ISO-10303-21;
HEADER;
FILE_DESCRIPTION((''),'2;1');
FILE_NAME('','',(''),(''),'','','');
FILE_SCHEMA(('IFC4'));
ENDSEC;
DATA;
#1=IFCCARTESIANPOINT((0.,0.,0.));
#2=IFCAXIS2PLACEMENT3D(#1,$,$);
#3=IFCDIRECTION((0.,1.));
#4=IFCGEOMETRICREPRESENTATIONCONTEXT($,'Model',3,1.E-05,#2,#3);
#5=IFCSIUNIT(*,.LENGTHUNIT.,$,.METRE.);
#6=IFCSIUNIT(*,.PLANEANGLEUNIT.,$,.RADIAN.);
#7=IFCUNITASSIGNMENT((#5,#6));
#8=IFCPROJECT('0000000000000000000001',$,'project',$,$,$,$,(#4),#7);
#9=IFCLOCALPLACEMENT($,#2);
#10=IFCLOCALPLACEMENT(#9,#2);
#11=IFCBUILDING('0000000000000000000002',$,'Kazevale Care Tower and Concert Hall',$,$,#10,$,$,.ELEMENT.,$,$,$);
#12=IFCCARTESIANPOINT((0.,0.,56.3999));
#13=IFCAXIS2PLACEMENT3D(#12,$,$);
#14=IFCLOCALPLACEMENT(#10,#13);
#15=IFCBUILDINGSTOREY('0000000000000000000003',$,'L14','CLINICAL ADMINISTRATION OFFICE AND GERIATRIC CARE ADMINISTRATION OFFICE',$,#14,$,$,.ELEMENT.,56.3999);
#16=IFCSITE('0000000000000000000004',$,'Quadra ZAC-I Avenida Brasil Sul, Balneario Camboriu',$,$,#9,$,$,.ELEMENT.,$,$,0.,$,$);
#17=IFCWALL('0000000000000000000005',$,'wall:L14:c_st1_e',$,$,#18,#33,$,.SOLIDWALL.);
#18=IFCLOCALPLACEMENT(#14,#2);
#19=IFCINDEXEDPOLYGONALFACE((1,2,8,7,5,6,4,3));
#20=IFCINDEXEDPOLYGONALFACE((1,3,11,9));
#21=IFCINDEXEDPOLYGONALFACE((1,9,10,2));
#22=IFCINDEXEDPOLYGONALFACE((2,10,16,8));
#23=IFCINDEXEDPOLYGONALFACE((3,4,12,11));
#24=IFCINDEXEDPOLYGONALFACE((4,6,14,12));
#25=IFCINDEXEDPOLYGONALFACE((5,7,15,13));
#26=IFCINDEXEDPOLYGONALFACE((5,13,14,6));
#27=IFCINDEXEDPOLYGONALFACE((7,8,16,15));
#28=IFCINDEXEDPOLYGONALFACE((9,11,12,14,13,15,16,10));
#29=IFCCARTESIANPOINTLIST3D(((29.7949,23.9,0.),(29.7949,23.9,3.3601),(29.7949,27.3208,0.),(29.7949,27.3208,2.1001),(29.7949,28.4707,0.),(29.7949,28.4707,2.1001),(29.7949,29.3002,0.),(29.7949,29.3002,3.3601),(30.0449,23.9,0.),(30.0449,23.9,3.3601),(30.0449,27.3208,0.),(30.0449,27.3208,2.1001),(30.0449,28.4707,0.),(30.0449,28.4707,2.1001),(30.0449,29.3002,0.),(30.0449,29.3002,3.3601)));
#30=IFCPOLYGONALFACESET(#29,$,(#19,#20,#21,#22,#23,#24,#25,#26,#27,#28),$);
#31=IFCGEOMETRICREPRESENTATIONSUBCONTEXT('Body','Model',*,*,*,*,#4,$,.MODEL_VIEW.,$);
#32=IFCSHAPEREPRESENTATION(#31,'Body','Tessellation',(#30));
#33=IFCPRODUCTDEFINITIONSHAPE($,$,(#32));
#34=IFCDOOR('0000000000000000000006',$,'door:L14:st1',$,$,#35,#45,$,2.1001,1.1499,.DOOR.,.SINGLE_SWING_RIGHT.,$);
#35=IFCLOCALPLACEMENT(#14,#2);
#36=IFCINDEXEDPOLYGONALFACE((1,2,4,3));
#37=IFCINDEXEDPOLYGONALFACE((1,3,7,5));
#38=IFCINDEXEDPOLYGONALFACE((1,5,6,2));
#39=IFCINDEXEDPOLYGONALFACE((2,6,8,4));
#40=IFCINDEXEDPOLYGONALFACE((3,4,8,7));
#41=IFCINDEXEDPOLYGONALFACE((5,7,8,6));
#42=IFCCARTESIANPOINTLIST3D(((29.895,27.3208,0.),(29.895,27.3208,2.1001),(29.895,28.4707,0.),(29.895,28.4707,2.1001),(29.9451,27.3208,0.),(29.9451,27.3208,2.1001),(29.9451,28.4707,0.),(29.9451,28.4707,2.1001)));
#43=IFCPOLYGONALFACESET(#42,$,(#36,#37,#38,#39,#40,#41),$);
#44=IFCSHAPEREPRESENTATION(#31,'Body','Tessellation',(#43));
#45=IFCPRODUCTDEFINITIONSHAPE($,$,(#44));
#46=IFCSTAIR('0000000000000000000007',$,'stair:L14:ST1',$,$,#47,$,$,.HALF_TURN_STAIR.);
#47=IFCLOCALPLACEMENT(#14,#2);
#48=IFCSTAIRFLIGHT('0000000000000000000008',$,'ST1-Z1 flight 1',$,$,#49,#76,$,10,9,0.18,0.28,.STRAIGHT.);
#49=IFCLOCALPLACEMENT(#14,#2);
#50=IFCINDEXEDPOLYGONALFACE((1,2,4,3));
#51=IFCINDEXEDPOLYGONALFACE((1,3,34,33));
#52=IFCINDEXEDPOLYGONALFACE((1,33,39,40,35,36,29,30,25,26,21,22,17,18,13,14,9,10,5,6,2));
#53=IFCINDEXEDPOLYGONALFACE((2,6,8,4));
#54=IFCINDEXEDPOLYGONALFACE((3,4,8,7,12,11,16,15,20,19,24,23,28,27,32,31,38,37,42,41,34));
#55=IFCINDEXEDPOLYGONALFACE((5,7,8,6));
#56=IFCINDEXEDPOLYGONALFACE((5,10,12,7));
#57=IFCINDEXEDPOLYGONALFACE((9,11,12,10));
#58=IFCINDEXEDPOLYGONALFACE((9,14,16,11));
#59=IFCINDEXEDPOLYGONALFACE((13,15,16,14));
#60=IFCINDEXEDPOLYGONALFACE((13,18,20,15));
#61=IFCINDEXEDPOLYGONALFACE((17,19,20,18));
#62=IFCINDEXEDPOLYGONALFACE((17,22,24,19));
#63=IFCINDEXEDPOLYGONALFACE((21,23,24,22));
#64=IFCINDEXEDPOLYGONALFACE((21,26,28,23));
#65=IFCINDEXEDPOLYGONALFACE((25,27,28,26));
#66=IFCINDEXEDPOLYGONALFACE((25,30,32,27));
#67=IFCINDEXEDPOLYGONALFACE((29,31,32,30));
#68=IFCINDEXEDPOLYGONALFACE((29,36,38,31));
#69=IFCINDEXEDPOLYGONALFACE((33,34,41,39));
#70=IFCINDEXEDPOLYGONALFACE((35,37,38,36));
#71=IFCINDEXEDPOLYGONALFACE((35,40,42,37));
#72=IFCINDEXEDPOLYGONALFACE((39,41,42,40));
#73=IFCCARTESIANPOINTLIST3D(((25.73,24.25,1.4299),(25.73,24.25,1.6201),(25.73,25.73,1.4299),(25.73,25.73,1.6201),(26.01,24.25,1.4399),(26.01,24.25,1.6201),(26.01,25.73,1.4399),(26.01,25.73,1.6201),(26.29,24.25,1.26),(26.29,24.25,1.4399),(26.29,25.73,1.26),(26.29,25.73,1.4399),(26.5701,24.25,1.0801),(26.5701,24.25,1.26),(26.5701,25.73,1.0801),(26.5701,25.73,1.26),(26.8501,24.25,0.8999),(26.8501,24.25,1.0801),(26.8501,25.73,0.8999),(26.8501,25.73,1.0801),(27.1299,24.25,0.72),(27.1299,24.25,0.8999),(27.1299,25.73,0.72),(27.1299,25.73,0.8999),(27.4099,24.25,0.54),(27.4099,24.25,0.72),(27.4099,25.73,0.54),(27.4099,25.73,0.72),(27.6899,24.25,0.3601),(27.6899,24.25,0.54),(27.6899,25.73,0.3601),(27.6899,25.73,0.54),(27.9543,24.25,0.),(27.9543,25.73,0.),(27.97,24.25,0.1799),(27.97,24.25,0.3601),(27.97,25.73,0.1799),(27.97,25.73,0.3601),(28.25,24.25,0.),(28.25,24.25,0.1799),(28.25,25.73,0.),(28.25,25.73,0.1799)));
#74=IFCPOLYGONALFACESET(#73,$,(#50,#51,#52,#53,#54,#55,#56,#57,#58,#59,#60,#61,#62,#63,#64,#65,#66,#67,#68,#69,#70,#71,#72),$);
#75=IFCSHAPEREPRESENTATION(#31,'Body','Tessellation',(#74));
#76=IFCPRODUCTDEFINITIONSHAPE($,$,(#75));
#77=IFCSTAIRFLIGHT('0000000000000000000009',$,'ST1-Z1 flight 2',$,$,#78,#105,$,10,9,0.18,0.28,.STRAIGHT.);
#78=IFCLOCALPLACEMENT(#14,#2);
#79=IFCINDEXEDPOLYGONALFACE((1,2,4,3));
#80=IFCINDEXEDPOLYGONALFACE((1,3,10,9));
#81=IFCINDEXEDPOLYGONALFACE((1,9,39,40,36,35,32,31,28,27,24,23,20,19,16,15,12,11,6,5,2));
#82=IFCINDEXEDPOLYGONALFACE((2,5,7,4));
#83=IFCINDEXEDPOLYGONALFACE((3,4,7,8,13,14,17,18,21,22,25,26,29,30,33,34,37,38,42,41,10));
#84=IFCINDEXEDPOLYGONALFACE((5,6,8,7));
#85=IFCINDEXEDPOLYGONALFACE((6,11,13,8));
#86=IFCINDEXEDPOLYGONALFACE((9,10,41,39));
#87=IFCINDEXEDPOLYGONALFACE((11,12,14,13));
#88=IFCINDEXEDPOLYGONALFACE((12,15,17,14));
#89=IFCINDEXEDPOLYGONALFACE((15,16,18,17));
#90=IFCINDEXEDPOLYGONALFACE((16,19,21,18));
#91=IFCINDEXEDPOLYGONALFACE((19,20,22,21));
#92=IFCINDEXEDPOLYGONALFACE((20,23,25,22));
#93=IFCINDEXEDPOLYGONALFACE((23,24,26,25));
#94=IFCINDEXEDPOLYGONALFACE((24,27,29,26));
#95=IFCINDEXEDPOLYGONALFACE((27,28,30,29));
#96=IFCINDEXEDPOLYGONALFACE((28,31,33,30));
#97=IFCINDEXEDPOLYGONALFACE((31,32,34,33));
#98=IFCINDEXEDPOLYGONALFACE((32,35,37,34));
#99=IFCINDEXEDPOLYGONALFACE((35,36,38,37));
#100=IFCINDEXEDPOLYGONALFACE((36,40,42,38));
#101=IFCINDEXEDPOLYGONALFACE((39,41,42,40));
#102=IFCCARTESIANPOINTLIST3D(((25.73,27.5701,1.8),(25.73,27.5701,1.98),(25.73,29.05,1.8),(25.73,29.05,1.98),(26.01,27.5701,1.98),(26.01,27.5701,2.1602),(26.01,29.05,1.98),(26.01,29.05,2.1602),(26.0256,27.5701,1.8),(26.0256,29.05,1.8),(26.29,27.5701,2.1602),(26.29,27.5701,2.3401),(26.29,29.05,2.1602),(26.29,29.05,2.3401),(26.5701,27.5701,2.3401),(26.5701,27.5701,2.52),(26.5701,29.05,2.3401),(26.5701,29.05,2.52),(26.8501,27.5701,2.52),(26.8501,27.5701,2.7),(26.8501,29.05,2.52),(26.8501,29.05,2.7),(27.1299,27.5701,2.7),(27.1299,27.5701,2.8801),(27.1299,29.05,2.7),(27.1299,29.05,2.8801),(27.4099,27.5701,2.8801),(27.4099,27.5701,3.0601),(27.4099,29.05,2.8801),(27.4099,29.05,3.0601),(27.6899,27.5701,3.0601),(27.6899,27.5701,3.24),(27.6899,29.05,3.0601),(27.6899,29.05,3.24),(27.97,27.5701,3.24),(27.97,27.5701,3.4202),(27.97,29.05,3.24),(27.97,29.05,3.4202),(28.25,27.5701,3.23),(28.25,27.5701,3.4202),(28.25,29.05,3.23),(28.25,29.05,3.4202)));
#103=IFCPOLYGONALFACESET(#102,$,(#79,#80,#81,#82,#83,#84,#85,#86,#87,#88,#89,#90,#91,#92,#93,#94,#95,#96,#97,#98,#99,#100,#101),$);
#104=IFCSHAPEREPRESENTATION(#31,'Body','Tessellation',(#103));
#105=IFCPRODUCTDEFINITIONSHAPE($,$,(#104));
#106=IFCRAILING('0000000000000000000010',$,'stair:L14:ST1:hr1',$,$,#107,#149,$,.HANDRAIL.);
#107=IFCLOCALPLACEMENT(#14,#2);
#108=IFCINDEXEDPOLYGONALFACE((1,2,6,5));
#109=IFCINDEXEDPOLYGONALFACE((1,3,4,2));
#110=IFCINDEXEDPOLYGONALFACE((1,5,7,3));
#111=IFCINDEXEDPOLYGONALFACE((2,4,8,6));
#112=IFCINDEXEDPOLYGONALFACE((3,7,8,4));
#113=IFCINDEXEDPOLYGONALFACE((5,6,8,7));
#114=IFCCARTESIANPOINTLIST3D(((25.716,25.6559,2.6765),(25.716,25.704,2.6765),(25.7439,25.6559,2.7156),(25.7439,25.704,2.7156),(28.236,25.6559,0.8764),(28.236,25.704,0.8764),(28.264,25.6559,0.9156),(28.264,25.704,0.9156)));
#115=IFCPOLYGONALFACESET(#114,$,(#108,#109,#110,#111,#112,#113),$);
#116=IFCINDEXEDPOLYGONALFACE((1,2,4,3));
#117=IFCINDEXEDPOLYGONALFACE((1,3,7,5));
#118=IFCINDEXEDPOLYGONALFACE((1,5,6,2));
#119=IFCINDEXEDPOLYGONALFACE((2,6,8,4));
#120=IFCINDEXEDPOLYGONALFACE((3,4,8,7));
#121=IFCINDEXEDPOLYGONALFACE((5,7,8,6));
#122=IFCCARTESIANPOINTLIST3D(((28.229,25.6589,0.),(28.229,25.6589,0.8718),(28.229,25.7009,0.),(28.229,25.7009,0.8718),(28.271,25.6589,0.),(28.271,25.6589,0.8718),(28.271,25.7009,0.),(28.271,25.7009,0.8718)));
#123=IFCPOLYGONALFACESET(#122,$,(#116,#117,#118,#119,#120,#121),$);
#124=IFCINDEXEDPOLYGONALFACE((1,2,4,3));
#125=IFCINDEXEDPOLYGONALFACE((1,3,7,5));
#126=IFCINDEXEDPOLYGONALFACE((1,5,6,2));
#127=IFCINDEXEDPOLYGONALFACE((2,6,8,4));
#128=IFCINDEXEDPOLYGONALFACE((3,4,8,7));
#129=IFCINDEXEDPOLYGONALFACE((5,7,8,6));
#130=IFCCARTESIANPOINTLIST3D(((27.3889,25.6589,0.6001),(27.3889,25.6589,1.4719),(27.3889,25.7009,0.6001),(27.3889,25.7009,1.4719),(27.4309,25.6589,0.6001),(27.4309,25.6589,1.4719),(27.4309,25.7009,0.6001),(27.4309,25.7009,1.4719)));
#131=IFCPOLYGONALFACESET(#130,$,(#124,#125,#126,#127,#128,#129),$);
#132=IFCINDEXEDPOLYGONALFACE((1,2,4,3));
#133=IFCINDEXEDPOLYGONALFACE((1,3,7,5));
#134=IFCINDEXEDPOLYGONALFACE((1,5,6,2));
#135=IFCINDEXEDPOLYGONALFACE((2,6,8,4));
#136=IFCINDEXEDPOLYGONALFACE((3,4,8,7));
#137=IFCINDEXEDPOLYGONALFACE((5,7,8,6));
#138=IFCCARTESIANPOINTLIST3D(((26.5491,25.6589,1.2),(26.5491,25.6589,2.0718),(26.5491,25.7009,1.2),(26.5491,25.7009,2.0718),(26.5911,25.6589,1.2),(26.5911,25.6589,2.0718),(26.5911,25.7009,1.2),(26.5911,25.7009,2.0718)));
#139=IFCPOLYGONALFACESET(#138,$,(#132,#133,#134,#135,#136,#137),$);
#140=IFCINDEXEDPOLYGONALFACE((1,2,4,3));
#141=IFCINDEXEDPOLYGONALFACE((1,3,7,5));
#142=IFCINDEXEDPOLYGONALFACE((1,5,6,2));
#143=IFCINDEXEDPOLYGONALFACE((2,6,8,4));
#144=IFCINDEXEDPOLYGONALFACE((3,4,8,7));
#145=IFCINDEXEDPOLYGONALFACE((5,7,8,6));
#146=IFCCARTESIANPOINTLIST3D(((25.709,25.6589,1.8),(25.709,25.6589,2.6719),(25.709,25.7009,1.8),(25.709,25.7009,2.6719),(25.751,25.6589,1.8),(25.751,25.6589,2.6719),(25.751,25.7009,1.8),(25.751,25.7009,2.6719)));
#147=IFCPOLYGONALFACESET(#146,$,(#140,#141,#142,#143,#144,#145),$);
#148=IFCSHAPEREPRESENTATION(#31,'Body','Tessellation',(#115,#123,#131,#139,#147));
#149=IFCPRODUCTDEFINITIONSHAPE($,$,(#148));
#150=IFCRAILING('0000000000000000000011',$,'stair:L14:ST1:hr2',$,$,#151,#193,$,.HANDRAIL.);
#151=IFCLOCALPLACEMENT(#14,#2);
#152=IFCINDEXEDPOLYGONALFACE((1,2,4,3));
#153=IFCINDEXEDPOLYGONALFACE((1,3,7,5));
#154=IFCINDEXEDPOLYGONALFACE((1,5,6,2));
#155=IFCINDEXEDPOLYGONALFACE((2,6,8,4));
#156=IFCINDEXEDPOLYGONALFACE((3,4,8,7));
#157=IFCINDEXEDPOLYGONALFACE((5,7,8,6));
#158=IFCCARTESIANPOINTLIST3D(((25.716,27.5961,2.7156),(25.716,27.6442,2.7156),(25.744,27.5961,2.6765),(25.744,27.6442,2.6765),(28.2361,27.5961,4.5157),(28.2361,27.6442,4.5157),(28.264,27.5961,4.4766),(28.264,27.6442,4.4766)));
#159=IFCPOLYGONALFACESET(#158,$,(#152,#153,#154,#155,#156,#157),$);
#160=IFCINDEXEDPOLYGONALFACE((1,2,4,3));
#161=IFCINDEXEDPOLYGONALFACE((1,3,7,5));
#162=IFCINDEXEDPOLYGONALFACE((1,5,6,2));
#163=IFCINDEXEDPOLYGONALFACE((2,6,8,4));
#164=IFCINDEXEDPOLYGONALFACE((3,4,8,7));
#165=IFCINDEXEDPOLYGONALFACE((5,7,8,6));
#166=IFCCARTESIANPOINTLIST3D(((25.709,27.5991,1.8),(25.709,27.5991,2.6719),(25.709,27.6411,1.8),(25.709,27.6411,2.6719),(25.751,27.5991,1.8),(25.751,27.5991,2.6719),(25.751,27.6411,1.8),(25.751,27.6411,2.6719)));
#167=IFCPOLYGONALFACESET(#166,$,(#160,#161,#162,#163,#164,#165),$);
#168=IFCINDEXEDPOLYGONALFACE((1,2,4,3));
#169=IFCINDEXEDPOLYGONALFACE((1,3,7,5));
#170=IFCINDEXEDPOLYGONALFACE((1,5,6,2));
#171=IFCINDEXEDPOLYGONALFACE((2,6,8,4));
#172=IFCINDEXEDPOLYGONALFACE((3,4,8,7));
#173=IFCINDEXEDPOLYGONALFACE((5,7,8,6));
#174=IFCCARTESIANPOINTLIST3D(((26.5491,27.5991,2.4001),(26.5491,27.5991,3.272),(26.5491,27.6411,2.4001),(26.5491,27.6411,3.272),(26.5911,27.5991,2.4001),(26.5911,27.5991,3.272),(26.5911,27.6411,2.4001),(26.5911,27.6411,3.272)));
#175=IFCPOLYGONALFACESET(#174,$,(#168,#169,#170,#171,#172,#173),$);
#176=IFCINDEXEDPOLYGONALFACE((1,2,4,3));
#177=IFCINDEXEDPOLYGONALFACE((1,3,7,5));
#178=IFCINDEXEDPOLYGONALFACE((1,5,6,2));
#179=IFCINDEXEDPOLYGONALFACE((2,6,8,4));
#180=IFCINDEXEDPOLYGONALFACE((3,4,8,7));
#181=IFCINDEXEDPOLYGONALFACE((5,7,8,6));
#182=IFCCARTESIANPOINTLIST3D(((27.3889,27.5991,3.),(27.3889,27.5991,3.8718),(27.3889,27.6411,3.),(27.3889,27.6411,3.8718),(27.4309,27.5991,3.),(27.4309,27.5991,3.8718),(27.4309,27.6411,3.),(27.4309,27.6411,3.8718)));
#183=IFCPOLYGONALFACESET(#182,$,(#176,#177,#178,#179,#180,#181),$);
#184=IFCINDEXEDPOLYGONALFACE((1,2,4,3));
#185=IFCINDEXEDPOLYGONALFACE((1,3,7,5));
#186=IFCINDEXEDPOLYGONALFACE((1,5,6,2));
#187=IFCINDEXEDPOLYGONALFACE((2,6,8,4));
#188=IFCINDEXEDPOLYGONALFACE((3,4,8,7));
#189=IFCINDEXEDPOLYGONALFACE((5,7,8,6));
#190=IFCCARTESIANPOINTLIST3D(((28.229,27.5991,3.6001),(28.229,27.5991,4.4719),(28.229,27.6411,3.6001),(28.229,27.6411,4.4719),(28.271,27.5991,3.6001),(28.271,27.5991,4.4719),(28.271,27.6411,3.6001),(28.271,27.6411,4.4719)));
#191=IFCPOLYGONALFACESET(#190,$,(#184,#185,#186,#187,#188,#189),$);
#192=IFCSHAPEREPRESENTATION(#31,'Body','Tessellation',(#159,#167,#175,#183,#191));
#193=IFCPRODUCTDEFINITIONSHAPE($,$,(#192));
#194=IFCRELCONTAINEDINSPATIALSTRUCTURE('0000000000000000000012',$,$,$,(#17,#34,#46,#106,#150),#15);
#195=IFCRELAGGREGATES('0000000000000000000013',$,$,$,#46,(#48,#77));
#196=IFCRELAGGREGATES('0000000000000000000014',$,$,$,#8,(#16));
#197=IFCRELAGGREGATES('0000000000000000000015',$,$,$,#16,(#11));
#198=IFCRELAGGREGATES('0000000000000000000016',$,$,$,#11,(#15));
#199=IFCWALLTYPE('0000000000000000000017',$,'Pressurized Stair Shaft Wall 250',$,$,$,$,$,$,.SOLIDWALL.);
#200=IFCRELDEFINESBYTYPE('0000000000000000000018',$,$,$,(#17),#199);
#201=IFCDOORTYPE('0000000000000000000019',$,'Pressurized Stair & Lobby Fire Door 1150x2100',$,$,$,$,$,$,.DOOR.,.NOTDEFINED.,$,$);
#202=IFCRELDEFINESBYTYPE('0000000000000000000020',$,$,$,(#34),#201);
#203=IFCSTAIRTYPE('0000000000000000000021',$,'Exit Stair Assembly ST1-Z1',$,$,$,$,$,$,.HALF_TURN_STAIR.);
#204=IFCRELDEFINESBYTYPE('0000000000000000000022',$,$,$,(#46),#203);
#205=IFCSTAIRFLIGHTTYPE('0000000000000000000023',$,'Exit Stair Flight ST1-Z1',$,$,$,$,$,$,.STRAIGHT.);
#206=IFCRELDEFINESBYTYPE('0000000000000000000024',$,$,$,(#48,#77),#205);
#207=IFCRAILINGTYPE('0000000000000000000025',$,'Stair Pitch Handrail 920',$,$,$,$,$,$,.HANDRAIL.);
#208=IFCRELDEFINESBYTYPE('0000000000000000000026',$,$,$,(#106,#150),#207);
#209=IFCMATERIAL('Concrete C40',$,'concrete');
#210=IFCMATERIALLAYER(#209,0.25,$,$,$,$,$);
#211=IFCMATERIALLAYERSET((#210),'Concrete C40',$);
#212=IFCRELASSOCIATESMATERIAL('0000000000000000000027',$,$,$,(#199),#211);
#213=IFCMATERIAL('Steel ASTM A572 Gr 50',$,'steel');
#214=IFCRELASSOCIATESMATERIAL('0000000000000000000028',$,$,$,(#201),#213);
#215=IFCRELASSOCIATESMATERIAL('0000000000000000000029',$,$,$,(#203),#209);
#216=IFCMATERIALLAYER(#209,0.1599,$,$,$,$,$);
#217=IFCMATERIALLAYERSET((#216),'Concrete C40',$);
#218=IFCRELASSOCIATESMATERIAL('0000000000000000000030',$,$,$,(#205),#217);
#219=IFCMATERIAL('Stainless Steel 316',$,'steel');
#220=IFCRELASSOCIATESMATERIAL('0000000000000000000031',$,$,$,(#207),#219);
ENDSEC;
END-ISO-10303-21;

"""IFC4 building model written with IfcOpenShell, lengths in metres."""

from ifc_helpers import new_model, si_unit, direction, frame, frame_2d, origin, origin_2d, place, context, subcontext, project, spatial, polyline, rectangle, outline, extrude, material, layer, layer_set, type_object, element, fill, aggregate, save


model = new_model("IFC4")

# Units and contexts
model_context = context("Model", 3, precision=1e-05, world=origin(), true_north=direction((0.0, 1.0)))
body_context = subcontext(model_context, "Body", "Model", "MODEL_VIEW")
ifc_project = project(units=[si_unit("LENGTHUNIT", "METRE"), si_unit("PLANEANGLEUNIT", "RADIAN")], contexts=[model_context])

# Site, building, storey
site_placement = place(None, origin())
site = spatial("IfcSite", under=ifc_project, at=site_placement, Name="Quadra ZAC-I Avenida Brasil Sul, Balneario Camboriu", CompositionType="ELEMENT", RefElevation=0.0)
building_placement = place(site_placement, origin())
building = spatial("IfcBuilding", under=site, at=building_placement, Name="Kazevale Care Tower and Concert Hall", CompositionType="ELEMENT")
storey_placement = place(building_placement, frame((0.0, 0.0, 56.3999)))
storey = spatial("IfcBuildingStorey", under=building, at=storey_placement, Name="L14", Description="CLINICAL ADMINISTRATION OFFICE AND GERIATRIC CARE ADMINISTRATION OFFICE", CompositionType="ELEMENT", Elevation=56.3999)

# Shared definitions
ifc_material_1 = material(Name="Steel ASTM A572 Gr 50", Category="steel")

# Shared definitions
ifc_material_2 = material(Name="Concrete C40", Category="concrete")
ifc_material_3 = material(Name="Stainless Steel 316", Category="steel")

# Wall, opening, door
ifc_layer_1 = layer(ifc_material_2, 0.25)
ifc_layer_set_1 = layer_set([ifc_layer_1], Name="Concrete C40")
wall_type_1 = type_object("IfcWallType", Name="Pressurized Stair Shaft Wall 250", PredefinedType="SOLIDWALL", material=ifc_layer_set_1)
wall_1_placement = place(storey_placement, frame((29.9199, 23.8999, 0.0), z_axis=(0.0, 0.0, 1.0), x_axis=(0.0, 1.0, 0.0)))
wall_1 = element("IfcWall", 1, at=wall_1_placement, inside=storey, type_object=wall_type_1, Name="wall:L14:c_st1_e", PredefinedType="SOLIDWALL", context=body_context, shape_type="SweptSolid", body=[
    extrude(rectangle(XDim=5.4001, YDim=0.25, at=frame_2d((2.7002, 0.0))), origin(), (0.0, 0.0, 1.0), 3.3601),
])
opening_1_placement = place(wall_1_placement, frame((3.4209, 0.0, 0.0)))
opening_1 = element("IfcOpeningElement", 2, at=opening_1_placement, cuts=wall_1, PredefinedType="OPENING", context=body_context, shape_type="SweptSolid", body=[
    extrude(rectangle(XDim=1.1499, YDim=2.1001, at=frame_2d((0.575, 1.05))), frame((0.0, 0.135, 0.0), z_axis=(0.0, -1.0, 0.0), x_axis=(1.0, 0.0, 0.0)), (0.0, 0.0, 1.0), 0.27),
])
door_type_1 = type_object("IfcDoorType", Name="Pressurized Stair & Lobby Fire Door 1150x2100", OperationType="NOTDEFINED", PredefinedType="DOOR", material=ifc_material_1)
door_1_placement = place(opening_1_placement, origin())
door_1 = element("IfcDoor", 3, at=door_1_placement, inside=storey, type_object=door_type_1, Name="door:L14:st1", OperationType="SINGLE_SWING_RIGHT", OverallHeight=2.1001, OverallWidth=1.1499, PredefinedType="DOOR", context=body_context, shape_type="SweptSolid", body=[
    extrude(rectangle(XDim=1.1499, YDim=2.1001, at=frame_2d((0.575, 1.05))), frame((0.0, 0.0249, 0.0), z_axis=(0.0, -1.0, 0.0), x_axis=(1.0, 0.0, 0.0)), (0.0, 0.0, 1.0), 0.05),
])
fill(opening_1, door_1)

# Stair, stair flights
stair_type = type_object("IfcStairType", Name="Exit Stair Assembly ST1-Z1", PredefinedType="HALF_TURN_STAIR", material=ifc_material_2)
stair_placement = place(storey_placement, origin())
stair = element("IfcStair", 4, at=stair_placement, inside=storey, type_object=stair_type, Name="stair:L14:ST1", PredefinedType="HALF_TURN_STAIR")
ifc_layer_2 = layer(ifc_material_2, 0.1599)
ifc_layer_set_2 = layer_set([ifc_layer_2], Name="Concrete C40")
stair_flight_type = type_object("IfcStairFlightType", Name="Exit Stair Flight ST1-Z1", PredefinedType="STRAIGHT", material=ifc_layer_set_2)
stair_flight_1_placement = place(storey_placement, frame((28.25, 24.99, 0.0), z_axis=(0.0, 0.0, 1.0), x_axis=(-1.0, 0.0, 0.0)))
stair_flight_1 = element("IfcStairFlight", 5, at=stair_flight_1_placement, type_object=stair_flight_type, Name="ST1-Z1 flight 1", NumberOfRisers=10, NumberOfTreads=9, PredefinedType="STRAIGHT", RiserHeight=0.18, TreadLength=0.28, context=body_context, shape_type="SweptSolid", body=[
    extrude(outline(polyline([(0.0, 0.0), (0.0, 0.1799), (0.28, 0.1799), (0.28, 0.3601), (0.5601, 0.3601), (0.5601, 0.54), (0.8401, 0.54), (0.8401, 0.72), (1.1201, 0.72), (1.1201, 0.8999), (1.3999, 0.8999), (1.3999, 1.0801), (1.6799, 1.0801), (1.6799, 1.26), (1.96, 1.26), (1.96, 1.4399), (2.24, 1.4399), (2.24, 1.6201), (2.52, 1.6201), (2.52, 1.8), (2.52, 1.4299), (0.2957, 0.0), (0.0, 0.0)])), frame((0.0, 0.74, 0.0), z_axis=(0.0, -1.0, 0.0), x_axis=(1.0, 0.0, 0.0)), (0.0, 0.0, 1.0), 1.48),
])
stair_flight_2_placement = place(storey_placement, frame((25.73, 28.3101, 1.8), z_axis=(0.0, 0.0, 1.0), x_axis=(1.0, 0.0, 0.0)))
stair_flight_2 = element("IfcStairFlight", 6, at=stair_flight_2_placement, type_object=stair_flight_type, Name="ST1-Z1 flight 2", NumberOfRisers=10, NumberOfTreads=9, PredefinedType="STRAIGHT", RiserHeight=0.18, TreadLength=0.28, context=body_context, shape_type="SweptSolid", body=[
    extrude(outline(polyline([(0.0, 0.0), (0.0, 0.1799), (0.28, 0.1799), (0.28, 0.3601), (0.5601, 0.3601), (0.5601, 0.54), (0.8401, 0.54), (0.8401, 0.72), (1.1201, 0.72), (1.1201, 0.8999), (1.3999, 0.8999), (1.3999, 1.0801), (1.6799, 1.0801), (1.6799, 1.26), (1.96, 1.26), (1.96, 1.4399), (2.24, 1.4399), (2.24, 1.6201), (2.52, 1.6201), (2.52, 1.8), (2.52, 1.4299), (0.2957, 0.0), (0.0, 0.0)])), frame((0.0, 0.74, 0.0), z_axis=(0.0, -1.0, 0.0), x_axis=(1.0, 0.0, 0.0)), (0.0, 0.0, 1.0), 1.48),
])
aggregate(stair, [stair_flight_1, stair_flight_2])

# Railings
railing_type_1 = type_object("IfcRailingType", Name="Stair Pitch Handrail 920", PredefinedType="HANDRAIL", material=ifc_material_3)
railing_1_placement = place(storey_placement, frame((28.25, 25.6799, 0.0)))
element("IfcRailing", 7, at=railing_1_placement, inside=storey, type_object=railing_type_1, Name="stair:L14:ST1:hr1", PredefinedType="HANDRAIL", context=body_context, shape_type="SweptSolid", body=[
    extrude(rectangle(XDim=0.0481, YDim=0.0481, at=origin_2d()), frame((0.0, 0.0, 0.896), z_axis=(-0.813728, 0.0, 0.581246), x_axis=(0.0, -1.0, 0.0)), (0.0, 0.0, 1.0), 3.0969),
    extrude(rectangle(XDim=0.042, YDim=0.042, at=origin_2d()), origin(), (0.0, 0.0, 1.0), 0.8718),
    extrude(rectangle(XDim=0.042, YDim=0.042, at=origin_2d()), frame((-0.8401, 0.0, 0.6001)), (0.0, 0.0, 1.0), 0.8718),
    extrude(rectangle(XDim=0.042, YDim=0.042, at=origin_2d()), frame((-1.6799, 0.0, 1.2)), (0.0, 0.0, 1.0), 0.8718),
    extrude(rectangle(XDim=0.042, YDim=0.042, at=origin_2d()), frame((-2.52, 0.0, 1.8)), (0.0, 0.0, 1.0), 0.8718),
])
railing_2_placement = place(storey_placement, frame((25.73, 27.6201, 1.8)))
element("IfcRailing", 8, at=railing_2_placement, inside=storey, type_object=railing_type_1, Name="stair:L14:ST1:hr2", PredefinedType="HANDRAIL", context=body_context, shape_type="SweptSolid", body=[
    extrude(rectangle(XDim=0.0481, YDim=0.0481, at=origin_2d()), frame((0.0, 0.0, 0.896), z_axis=(0.813728, 0.0, 0.581246), x_axis=(0.0, 1.0, 0.0)), (0.0, 0.0, 1.0), 3.0969),
    extrude(rectangle(XDim=0.042, YDim=0.042, at=origin_2d()), origin(), (0.0, 0.0, 1.0), 0.8718),
    extrude(rectangle(XDim=0.042, YDim=0.042, at=origin_2d()), frame((0.8401, 0.0, 0.6001)), (0.0, 0.0, 1.0), 0.8718),
    extrude(rectangle(XDim=0.042, YDim=0.042, at=origin_2d()), frame((1.6799, 0.0, 1.2)), (0.0, 0.0, 1.0), 0.8718),
    extrude(rectangle(XDim=0.042, YDim=0.042, at=origin_2d()), frame((2.52, 0.0, 1.8)), (0.0, 0.0, 1.0), 0.8718),
])

save(model, "model.ifc")
